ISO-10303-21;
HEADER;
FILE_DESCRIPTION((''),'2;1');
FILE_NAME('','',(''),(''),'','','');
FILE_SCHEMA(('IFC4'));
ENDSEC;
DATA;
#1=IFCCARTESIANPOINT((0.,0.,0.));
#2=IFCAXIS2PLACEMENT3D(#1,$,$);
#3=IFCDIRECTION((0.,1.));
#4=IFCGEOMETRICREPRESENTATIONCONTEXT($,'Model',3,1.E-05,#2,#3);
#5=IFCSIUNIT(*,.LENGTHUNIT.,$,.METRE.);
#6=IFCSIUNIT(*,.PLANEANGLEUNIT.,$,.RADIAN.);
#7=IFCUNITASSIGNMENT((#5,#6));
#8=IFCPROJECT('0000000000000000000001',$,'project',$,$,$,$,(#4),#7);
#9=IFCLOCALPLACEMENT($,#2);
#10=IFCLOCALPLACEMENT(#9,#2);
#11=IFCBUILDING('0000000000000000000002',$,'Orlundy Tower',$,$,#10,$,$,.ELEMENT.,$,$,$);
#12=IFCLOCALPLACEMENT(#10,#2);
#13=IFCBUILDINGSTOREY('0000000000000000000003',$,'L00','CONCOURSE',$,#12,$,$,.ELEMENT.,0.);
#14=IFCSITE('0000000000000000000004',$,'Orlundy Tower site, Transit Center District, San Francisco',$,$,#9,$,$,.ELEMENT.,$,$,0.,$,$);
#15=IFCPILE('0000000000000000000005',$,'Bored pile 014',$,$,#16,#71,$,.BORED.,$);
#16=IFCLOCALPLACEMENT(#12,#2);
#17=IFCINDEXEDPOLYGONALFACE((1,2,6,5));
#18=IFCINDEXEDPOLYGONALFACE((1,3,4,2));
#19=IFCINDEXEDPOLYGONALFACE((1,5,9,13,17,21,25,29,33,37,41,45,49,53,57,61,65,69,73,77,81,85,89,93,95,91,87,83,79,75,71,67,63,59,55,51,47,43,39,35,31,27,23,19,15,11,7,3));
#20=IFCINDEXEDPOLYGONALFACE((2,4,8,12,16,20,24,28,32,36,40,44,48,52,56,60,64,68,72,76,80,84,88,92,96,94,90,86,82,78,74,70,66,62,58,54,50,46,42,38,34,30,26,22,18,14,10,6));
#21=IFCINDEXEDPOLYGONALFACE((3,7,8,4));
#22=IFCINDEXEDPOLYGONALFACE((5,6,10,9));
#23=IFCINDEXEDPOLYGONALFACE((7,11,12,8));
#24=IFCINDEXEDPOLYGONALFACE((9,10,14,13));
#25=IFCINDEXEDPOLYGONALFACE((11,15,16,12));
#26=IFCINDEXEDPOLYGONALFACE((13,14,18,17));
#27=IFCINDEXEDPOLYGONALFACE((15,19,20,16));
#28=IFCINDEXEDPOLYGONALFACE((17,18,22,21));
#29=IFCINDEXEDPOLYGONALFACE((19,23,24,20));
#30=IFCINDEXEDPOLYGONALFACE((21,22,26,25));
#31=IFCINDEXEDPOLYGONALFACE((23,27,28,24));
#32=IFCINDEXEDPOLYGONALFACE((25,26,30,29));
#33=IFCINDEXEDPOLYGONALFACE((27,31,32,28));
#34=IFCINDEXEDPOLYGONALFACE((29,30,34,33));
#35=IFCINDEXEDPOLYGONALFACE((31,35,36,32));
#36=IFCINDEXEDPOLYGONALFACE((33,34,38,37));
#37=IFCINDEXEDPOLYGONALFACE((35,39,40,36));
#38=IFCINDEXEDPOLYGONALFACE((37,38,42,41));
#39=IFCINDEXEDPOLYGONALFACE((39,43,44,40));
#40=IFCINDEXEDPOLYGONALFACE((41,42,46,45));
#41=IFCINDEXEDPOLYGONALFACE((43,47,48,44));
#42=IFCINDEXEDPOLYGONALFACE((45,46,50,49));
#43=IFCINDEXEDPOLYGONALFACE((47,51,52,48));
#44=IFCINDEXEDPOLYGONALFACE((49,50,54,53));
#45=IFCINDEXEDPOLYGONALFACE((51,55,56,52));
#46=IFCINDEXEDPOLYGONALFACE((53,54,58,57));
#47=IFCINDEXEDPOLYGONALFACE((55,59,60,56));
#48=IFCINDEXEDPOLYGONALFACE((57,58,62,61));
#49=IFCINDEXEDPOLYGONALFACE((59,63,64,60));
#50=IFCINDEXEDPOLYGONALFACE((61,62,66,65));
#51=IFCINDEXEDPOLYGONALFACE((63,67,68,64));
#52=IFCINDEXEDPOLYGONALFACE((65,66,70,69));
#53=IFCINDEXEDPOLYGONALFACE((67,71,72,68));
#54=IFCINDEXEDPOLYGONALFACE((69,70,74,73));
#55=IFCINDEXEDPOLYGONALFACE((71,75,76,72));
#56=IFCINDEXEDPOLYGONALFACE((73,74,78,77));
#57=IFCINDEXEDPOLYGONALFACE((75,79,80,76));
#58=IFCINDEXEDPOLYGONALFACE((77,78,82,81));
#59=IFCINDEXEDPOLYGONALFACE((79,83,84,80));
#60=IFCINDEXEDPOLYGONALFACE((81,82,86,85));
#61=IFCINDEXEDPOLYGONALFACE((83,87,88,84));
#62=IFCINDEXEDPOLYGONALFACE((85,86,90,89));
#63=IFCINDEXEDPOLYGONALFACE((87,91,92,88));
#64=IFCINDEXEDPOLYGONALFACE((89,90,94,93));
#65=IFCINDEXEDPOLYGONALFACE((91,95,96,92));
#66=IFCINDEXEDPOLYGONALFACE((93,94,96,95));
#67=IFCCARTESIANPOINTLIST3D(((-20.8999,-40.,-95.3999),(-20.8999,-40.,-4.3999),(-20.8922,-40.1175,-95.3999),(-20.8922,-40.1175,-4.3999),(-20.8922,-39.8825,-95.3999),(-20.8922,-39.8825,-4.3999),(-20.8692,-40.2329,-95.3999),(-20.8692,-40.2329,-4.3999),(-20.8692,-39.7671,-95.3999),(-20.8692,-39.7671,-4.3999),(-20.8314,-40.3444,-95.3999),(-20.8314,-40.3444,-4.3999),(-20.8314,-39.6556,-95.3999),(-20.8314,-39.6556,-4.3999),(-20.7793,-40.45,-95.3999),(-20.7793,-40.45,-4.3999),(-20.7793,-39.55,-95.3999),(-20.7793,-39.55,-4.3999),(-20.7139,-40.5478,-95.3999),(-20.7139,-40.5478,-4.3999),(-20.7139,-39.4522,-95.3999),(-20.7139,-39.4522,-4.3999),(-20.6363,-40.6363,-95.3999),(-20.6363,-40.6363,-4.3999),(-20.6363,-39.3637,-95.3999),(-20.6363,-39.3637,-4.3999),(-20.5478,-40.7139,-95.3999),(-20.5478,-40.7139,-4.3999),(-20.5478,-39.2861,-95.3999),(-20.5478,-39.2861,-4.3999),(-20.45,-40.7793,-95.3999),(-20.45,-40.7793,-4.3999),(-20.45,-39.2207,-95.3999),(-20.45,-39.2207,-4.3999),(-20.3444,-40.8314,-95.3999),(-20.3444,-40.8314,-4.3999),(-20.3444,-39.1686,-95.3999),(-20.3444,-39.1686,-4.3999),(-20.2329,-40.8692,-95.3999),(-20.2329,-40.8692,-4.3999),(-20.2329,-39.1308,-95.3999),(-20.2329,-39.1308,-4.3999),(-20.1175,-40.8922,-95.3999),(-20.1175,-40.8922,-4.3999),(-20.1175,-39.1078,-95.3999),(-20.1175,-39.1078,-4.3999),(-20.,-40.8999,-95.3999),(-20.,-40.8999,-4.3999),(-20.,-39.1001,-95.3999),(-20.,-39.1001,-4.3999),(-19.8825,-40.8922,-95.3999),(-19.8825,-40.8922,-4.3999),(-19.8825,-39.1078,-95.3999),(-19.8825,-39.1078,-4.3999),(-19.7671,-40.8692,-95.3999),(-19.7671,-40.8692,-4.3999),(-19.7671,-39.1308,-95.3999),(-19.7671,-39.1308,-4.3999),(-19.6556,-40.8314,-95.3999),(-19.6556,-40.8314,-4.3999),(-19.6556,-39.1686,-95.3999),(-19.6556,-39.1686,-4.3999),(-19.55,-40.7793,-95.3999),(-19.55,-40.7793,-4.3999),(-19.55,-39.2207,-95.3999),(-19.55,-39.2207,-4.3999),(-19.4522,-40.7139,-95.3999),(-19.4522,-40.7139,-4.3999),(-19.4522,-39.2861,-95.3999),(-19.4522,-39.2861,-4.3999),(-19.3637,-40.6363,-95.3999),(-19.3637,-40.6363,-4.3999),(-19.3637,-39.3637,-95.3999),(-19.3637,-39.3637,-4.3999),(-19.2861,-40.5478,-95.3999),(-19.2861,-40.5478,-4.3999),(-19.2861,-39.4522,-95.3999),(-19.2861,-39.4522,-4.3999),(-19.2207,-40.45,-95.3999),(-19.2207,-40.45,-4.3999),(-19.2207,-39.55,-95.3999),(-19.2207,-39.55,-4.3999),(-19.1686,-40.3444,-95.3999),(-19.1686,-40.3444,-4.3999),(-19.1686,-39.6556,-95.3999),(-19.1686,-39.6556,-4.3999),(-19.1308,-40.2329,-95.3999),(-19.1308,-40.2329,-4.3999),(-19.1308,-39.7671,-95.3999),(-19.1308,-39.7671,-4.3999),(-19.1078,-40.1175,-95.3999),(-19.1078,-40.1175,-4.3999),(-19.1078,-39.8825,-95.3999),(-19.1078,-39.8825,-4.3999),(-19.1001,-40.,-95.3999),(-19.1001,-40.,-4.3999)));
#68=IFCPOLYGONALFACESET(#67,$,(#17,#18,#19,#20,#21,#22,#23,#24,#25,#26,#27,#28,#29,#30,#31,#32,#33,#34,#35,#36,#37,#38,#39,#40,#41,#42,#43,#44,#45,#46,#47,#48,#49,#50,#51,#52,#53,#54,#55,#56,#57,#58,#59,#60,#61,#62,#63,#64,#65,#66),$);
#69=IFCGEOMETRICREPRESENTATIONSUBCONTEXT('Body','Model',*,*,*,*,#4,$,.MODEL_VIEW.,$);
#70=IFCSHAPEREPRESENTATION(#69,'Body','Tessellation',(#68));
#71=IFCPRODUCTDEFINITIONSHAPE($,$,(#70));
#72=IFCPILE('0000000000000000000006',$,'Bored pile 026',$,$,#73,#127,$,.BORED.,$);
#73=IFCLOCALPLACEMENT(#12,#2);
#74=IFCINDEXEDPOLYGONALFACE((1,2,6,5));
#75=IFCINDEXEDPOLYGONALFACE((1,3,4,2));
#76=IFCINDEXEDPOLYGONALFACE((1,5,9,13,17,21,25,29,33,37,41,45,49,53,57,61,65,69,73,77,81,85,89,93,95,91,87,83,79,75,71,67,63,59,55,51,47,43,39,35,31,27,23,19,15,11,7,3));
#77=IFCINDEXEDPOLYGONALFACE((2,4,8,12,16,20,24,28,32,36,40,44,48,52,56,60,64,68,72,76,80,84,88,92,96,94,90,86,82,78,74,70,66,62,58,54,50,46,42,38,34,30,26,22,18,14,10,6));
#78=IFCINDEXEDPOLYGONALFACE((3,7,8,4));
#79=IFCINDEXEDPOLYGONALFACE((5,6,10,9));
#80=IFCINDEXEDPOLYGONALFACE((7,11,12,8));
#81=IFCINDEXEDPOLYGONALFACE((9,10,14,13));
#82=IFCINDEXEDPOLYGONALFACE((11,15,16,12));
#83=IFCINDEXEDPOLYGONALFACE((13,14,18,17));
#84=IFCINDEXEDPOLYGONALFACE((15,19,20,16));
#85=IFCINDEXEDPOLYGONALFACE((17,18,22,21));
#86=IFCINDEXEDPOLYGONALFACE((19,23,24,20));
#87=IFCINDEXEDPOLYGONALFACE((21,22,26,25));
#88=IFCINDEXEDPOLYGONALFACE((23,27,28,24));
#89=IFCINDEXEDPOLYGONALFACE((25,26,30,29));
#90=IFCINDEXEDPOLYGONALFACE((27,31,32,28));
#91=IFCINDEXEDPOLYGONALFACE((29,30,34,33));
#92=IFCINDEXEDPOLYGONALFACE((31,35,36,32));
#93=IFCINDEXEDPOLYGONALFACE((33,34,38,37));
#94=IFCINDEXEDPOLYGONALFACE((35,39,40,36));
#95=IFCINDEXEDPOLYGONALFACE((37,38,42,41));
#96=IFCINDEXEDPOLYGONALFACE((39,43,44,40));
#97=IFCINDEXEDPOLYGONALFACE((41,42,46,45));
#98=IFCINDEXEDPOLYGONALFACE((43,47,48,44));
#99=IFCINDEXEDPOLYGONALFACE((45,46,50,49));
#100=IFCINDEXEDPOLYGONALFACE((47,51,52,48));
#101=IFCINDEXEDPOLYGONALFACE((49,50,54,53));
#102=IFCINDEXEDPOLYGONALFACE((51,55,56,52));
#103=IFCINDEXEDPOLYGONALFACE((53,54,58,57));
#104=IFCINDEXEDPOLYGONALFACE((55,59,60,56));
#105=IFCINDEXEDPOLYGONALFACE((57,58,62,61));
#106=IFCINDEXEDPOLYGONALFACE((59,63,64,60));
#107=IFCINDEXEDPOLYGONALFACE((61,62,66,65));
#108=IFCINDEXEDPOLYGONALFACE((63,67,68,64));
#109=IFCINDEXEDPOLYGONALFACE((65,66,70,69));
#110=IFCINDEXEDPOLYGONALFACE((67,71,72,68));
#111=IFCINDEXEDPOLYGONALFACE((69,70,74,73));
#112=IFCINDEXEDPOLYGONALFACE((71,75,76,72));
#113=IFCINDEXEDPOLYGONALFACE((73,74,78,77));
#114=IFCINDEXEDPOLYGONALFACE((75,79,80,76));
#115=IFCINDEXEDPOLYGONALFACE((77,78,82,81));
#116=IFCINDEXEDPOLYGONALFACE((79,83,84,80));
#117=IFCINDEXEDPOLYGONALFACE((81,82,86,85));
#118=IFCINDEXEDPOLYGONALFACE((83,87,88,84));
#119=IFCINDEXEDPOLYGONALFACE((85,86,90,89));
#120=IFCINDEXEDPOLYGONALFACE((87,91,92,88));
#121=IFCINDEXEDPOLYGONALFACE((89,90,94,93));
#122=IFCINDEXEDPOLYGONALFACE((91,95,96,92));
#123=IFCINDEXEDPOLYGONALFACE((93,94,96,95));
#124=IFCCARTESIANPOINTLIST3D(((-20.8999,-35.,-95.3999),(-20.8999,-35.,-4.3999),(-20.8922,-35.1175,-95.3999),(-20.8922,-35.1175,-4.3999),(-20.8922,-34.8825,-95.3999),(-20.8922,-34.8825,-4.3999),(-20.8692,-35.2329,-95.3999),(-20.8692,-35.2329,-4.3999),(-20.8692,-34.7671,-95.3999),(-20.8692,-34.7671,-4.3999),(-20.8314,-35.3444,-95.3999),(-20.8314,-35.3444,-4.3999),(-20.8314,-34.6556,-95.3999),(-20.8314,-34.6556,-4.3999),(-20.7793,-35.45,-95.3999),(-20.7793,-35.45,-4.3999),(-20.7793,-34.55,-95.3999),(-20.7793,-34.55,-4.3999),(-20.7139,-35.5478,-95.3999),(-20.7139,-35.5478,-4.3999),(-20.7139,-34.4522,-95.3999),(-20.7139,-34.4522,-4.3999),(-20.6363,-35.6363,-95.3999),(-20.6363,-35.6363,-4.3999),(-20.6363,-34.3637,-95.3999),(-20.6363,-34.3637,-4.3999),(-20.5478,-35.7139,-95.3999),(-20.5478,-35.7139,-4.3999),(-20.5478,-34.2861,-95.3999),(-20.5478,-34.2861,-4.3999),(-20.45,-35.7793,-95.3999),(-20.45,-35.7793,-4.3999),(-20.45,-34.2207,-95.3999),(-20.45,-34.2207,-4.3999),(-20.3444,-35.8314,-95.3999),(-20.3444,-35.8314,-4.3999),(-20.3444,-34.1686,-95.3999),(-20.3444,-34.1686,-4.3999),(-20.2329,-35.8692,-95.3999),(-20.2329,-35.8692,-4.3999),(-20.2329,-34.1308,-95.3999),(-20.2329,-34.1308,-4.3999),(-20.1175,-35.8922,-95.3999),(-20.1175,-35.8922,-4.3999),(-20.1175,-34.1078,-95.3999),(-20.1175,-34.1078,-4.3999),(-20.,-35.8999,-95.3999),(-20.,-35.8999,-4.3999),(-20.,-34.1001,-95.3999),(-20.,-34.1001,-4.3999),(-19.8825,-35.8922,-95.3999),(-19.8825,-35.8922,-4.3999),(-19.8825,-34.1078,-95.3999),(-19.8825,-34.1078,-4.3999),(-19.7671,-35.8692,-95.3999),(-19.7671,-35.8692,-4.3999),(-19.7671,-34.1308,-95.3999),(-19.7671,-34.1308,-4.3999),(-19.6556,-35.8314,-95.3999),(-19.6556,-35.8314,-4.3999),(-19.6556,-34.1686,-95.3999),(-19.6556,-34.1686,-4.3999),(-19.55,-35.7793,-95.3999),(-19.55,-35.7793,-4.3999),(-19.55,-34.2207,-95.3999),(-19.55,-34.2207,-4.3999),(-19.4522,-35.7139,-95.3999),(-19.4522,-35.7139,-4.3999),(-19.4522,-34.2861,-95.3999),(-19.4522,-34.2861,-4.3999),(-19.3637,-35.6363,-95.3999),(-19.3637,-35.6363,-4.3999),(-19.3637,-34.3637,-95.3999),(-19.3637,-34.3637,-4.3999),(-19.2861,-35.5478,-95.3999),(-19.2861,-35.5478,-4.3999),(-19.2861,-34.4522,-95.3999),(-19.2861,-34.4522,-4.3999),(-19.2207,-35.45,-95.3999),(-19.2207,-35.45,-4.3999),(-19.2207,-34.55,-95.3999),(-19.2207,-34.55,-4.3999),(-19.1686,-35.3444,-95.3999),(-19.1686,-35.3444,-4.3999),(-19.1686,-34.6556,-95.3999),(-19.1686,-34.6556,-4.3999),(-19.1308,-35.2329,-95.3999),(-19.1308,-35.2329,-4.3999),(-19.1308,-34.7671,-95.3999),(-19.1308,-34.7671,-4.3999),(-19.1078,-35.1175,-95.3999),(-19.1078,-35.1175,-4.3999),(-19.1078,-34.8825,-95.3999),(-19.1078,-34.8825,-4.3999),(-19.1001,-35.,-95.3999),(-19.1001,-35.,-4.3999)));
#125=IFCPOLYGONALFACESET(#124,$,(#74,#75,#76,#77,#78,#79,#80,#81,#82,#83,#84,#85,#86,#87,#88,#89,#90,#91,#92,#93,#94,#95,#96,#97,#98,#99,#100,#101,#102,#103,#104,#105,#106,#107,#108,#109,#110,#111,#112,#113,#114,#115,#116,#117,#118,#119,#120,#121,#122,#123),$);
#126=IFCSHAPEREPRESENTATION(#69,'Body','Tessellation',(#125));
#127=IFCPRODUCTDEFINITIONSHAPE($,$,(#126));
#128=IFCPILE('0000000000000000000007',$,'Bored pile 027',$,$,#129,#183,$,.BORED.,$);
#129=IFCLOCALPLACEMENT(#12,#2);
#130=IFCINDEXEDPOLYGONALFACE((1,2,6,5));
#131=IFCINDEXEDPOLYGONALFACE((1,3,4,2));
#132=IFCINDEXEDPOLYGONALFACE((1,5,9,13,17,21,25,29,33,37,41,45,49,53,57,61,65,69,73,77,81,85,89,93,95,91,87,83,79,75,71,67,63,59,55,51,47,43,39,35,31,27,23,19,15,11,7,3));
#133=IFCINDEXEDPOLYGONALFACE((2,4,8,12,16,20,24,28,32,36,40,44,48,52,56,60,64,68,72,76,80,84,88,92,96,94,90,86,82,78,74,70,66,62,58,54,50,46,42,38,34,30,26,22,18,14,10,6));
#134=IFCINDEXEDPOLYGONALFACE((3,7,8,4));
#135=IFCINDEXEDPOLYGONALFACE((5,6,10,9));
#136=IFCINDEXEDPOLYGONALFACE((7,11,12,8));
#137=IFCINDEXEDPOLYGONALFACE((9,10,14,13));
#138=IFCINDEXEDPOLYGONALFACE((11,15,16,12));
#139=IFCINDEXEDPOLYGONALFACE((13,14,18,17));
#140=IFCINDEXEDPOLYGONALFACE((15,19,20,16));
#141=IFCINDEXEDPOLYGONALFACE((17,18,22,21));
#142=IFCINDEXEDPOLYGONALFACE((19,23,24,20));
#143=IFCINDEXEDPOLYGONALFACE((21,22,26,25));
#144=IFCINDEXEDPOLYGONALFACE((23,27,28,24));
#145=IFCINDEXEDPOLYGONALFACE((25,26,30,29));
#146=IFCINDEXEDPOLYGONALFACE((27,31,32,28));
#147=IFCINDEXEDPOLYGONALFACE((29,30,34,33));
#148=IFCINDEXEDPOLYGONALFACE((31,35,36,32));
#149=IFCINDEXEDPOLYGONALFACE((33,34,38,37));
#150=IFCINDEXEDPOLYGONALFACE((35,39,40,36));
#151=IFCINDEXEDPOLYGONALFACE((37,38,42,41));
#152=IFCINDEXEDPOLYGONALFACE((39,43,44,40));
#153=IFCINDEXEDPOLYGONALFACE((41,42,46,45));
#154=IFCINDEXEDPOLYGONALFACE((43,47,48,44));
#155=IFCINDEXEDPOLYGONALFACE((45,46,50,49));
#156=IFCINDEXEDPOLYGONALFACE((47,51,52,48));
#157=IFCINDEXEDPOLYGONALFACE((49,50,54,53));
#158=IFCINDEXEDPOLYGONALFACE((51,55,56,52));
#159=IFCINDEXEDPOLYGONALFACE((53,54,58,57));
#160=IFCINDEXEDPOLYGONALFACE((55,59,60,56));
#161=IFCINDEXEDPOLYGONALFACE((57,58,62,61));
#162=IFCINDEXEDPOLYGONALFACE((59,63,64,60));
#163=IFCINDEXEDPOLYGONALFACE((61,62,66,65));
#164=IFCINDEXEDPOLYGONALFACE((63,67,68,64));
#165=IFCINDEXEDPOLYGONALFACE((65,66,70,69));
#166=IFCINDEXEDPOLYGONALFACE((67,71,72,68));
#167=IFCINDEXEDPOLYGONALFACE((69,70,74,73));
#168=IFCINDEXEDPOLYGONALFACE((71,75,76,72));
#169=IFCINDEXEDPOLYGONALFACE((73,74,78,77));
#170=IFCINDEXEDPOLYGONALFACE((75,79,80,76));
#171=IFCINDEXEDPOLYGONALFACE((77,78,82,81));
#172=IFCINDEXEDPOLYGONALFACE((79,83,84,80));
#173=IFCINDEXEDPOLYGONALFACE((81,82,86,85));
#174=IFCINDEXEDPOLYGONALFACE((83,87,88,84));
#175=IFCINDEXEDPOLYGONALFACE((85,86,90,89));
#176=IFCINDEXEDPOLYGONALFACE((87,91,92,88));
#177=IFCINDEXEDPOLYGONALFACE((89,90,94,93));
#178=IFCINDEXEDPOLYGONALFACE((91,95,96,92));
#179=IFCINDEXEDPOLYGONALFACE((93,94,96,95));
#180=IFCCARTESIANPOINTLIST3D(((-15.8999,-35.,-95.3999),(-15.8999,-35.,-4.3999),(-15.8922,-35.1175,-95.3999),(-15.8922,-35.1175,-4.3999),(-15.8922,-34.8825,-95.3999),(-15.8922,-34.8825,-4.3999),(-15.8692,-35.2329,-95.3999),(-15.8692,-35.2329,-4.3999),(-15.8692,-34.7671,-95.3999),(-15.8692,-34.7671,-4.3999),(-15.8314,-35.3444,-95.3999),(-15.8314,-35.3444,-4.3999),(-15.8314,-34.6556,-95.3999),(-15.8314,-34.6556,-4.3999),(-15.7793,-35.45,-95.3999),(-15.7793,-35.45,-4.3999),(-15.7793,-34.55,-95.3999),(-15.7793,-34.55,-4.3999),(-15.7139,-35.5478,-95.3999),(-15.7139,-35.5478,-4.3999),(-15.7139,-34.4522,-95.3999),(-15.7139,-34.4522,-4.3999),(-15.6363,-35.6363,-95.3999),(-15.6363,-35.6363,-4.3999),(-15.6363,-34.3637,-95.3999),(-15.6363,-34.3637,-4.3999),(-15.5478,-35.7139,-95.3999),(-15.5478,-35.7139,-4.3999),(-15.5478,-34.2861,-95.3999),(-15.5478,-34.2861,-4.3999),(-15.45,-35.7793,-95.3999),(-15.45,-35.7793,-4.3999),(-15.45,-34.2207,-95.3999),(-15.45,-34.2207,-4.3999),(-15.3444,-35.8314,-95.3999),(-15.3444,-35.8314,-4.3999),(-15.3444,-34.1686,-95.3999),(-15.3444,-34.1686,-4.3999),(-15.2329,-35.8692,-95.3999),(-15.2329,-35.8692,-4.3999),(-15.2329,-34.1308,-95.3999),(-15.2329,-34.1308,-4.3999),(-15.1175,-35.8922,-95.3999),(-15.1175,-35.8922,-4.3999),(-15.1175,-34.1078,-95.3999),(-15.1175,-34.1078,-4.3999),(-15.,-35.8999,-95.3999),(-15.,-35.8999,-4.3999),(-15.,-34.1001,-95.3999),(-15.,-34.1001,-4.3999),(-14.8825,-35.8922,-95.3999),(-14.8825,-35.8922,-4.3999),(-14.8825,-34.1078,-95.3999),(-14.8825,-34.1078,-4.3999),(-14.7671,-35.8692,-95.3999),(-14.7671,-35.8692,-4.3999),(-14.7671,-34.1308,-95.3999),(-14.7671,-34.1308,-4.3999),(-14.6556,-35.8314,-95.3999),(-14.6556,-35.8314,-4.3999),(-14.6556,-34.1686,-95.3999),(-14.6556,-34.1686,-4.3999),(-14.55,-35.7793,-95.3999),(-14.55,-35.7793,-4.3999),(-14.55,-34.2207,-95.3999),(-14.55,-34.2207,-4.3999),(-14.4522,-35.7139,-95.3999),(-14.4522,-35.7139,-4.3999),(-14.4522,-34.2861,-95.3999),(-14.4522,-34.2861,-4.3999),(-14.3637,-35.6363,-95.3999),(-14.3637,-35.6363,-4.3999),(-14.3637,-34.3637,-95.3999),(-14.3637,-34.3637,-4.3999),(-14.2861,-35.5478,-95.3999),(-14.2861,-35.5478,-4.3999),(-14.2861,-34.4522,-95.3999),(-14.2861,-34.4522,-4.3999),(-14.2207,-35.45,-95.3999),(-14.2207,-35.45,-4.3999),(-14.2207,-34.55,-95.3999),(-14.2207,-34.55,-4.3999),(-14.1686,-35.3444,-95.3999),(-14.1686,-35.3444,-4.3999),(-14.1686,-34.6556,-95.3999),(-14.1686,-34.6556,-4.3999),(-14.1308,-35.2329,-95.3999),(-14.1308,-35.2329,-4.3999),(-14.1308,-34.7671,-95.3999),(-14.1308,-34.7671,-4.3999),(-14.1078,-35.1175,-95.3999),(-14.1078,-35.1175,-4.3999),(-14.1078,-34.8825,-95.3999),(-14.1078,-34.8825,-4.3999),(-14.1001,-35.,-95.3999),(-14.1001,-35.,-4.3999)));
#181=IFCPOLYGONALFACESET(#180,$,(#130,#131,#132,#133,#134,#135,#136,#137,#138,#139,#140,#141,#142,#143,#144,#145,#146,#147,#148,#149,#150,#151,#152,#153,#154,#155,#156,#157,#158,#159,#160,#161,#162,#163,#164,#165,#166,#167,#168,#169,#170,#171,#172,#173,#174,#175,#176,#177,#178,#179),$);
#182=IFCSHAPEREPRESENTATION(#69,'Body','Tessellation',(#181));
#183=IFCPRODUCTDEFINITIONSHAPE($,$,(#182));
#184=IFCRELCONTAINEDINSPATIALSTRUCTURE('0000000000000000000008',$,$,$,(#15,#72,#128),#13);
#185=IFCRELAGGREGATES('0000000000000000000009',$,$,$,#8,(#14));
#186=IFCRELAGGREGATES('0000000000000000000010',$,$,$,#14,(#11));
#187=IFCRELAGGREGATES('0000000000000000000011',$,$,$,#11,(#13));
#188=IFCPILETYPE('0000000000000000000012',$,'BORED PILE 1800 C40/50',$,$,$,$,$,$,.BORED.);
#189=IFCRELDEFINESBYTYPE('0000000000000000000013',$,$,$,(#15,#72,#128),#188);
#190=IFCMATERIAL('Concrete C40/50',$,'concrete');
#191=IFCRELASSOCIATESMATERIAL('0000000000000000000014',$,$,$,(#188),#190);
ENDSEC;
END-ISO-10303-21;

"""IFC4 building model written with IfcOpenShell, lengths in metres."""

from ifc_helpers import new_model, si_unit, direction, frame, origin, origin_2d, place, context, subcontext, project, spatial, circle, extrude, material, material_profile, profile_set, type_object, element, save


model = new_model("IFC4")

# Units and contexts
model_context = context("Model", 3, precision=1e-05, world=origin(), true_north=direction((0.0, 1.0)))
body_context = subcontext(model_context, "Body", "Model", "MODEL_VIEW")
ifc_project = project(units=[si_unit("LENGTHUNIT", "METRE"), si_unit("PLANEANGLEUNIT", "RADIAN")], contexts=[model_context])

# Site, building, storey
site_placement = place(None, origin())
site = spatial("IfcSite", under=ifc_project, at=site_placement, Name="Orlundy Tower site, Transit Center District, San Francisco", CompositionType="ELEMENT", RefElevation=0.0)
building_placement = place(site_placement, origin())
building = spatial("IfcBuilding", under=site, at=building_placement, Name="Orlundy Tower", CompositionType="ELEMENT")
storey_placement = place(building_placement, origin())
storey = spatial("IfcBuildingStorey", under=building, at=storey_placement, Name="L00", Description="CONCOURSE", CompositionType="ELEMENT", Elevation=0.0)

# Piles
ifc_material_1 = material(Name="Concrete C40/50", Category="concrete")
ifc_material_profile_1 = material_profile(ifc_material_1, circle(Radius=0.8999, at=origin_2d()), Name="BP1800")
ifc_profile_set_1 = profile_set([ifc_material_profile_1], Name="Concrete C40/50")
pile_type = type_object("IfcPileType", Name="BORED PILE 1800 C40/50", PredefinedType="BORED", material=ifc_profile_set_1)
for number, where, z_axis, x_axis, name in (
    (1, (-20.0, -40.0, -4.3999), (0.0, 0.0, -1.0), (1.0, 0.0, 0.0), "Bored pile 014"),
    (2, (-20.0, -35.0, -4.3999), (0.0, 0.0, -1.0), (1.0, 0.0, 0.0), "Bored pile 026"),
    (3, (-15.0, -35.0, -4.3999), (0.0, 0.0, -1.0), (1.0, 0.0, 0.0), "Bored pile 027"),
):
    element("IfcPile", number, at=place(storey_placement, frame(where, z_axis=z_axis, x_axis=x_axis)), inside=storey, type_object=pile_type, Name=name, PredefinedType="BORED", context=body_context, shape_type="SweptSolid", body=[
        extrude(circle(Radius=0.8999, at=origin_2d()), origin(), (0.0, 0.0, 1.0), 91.0),
    ])

save(model, "model.ifc")
